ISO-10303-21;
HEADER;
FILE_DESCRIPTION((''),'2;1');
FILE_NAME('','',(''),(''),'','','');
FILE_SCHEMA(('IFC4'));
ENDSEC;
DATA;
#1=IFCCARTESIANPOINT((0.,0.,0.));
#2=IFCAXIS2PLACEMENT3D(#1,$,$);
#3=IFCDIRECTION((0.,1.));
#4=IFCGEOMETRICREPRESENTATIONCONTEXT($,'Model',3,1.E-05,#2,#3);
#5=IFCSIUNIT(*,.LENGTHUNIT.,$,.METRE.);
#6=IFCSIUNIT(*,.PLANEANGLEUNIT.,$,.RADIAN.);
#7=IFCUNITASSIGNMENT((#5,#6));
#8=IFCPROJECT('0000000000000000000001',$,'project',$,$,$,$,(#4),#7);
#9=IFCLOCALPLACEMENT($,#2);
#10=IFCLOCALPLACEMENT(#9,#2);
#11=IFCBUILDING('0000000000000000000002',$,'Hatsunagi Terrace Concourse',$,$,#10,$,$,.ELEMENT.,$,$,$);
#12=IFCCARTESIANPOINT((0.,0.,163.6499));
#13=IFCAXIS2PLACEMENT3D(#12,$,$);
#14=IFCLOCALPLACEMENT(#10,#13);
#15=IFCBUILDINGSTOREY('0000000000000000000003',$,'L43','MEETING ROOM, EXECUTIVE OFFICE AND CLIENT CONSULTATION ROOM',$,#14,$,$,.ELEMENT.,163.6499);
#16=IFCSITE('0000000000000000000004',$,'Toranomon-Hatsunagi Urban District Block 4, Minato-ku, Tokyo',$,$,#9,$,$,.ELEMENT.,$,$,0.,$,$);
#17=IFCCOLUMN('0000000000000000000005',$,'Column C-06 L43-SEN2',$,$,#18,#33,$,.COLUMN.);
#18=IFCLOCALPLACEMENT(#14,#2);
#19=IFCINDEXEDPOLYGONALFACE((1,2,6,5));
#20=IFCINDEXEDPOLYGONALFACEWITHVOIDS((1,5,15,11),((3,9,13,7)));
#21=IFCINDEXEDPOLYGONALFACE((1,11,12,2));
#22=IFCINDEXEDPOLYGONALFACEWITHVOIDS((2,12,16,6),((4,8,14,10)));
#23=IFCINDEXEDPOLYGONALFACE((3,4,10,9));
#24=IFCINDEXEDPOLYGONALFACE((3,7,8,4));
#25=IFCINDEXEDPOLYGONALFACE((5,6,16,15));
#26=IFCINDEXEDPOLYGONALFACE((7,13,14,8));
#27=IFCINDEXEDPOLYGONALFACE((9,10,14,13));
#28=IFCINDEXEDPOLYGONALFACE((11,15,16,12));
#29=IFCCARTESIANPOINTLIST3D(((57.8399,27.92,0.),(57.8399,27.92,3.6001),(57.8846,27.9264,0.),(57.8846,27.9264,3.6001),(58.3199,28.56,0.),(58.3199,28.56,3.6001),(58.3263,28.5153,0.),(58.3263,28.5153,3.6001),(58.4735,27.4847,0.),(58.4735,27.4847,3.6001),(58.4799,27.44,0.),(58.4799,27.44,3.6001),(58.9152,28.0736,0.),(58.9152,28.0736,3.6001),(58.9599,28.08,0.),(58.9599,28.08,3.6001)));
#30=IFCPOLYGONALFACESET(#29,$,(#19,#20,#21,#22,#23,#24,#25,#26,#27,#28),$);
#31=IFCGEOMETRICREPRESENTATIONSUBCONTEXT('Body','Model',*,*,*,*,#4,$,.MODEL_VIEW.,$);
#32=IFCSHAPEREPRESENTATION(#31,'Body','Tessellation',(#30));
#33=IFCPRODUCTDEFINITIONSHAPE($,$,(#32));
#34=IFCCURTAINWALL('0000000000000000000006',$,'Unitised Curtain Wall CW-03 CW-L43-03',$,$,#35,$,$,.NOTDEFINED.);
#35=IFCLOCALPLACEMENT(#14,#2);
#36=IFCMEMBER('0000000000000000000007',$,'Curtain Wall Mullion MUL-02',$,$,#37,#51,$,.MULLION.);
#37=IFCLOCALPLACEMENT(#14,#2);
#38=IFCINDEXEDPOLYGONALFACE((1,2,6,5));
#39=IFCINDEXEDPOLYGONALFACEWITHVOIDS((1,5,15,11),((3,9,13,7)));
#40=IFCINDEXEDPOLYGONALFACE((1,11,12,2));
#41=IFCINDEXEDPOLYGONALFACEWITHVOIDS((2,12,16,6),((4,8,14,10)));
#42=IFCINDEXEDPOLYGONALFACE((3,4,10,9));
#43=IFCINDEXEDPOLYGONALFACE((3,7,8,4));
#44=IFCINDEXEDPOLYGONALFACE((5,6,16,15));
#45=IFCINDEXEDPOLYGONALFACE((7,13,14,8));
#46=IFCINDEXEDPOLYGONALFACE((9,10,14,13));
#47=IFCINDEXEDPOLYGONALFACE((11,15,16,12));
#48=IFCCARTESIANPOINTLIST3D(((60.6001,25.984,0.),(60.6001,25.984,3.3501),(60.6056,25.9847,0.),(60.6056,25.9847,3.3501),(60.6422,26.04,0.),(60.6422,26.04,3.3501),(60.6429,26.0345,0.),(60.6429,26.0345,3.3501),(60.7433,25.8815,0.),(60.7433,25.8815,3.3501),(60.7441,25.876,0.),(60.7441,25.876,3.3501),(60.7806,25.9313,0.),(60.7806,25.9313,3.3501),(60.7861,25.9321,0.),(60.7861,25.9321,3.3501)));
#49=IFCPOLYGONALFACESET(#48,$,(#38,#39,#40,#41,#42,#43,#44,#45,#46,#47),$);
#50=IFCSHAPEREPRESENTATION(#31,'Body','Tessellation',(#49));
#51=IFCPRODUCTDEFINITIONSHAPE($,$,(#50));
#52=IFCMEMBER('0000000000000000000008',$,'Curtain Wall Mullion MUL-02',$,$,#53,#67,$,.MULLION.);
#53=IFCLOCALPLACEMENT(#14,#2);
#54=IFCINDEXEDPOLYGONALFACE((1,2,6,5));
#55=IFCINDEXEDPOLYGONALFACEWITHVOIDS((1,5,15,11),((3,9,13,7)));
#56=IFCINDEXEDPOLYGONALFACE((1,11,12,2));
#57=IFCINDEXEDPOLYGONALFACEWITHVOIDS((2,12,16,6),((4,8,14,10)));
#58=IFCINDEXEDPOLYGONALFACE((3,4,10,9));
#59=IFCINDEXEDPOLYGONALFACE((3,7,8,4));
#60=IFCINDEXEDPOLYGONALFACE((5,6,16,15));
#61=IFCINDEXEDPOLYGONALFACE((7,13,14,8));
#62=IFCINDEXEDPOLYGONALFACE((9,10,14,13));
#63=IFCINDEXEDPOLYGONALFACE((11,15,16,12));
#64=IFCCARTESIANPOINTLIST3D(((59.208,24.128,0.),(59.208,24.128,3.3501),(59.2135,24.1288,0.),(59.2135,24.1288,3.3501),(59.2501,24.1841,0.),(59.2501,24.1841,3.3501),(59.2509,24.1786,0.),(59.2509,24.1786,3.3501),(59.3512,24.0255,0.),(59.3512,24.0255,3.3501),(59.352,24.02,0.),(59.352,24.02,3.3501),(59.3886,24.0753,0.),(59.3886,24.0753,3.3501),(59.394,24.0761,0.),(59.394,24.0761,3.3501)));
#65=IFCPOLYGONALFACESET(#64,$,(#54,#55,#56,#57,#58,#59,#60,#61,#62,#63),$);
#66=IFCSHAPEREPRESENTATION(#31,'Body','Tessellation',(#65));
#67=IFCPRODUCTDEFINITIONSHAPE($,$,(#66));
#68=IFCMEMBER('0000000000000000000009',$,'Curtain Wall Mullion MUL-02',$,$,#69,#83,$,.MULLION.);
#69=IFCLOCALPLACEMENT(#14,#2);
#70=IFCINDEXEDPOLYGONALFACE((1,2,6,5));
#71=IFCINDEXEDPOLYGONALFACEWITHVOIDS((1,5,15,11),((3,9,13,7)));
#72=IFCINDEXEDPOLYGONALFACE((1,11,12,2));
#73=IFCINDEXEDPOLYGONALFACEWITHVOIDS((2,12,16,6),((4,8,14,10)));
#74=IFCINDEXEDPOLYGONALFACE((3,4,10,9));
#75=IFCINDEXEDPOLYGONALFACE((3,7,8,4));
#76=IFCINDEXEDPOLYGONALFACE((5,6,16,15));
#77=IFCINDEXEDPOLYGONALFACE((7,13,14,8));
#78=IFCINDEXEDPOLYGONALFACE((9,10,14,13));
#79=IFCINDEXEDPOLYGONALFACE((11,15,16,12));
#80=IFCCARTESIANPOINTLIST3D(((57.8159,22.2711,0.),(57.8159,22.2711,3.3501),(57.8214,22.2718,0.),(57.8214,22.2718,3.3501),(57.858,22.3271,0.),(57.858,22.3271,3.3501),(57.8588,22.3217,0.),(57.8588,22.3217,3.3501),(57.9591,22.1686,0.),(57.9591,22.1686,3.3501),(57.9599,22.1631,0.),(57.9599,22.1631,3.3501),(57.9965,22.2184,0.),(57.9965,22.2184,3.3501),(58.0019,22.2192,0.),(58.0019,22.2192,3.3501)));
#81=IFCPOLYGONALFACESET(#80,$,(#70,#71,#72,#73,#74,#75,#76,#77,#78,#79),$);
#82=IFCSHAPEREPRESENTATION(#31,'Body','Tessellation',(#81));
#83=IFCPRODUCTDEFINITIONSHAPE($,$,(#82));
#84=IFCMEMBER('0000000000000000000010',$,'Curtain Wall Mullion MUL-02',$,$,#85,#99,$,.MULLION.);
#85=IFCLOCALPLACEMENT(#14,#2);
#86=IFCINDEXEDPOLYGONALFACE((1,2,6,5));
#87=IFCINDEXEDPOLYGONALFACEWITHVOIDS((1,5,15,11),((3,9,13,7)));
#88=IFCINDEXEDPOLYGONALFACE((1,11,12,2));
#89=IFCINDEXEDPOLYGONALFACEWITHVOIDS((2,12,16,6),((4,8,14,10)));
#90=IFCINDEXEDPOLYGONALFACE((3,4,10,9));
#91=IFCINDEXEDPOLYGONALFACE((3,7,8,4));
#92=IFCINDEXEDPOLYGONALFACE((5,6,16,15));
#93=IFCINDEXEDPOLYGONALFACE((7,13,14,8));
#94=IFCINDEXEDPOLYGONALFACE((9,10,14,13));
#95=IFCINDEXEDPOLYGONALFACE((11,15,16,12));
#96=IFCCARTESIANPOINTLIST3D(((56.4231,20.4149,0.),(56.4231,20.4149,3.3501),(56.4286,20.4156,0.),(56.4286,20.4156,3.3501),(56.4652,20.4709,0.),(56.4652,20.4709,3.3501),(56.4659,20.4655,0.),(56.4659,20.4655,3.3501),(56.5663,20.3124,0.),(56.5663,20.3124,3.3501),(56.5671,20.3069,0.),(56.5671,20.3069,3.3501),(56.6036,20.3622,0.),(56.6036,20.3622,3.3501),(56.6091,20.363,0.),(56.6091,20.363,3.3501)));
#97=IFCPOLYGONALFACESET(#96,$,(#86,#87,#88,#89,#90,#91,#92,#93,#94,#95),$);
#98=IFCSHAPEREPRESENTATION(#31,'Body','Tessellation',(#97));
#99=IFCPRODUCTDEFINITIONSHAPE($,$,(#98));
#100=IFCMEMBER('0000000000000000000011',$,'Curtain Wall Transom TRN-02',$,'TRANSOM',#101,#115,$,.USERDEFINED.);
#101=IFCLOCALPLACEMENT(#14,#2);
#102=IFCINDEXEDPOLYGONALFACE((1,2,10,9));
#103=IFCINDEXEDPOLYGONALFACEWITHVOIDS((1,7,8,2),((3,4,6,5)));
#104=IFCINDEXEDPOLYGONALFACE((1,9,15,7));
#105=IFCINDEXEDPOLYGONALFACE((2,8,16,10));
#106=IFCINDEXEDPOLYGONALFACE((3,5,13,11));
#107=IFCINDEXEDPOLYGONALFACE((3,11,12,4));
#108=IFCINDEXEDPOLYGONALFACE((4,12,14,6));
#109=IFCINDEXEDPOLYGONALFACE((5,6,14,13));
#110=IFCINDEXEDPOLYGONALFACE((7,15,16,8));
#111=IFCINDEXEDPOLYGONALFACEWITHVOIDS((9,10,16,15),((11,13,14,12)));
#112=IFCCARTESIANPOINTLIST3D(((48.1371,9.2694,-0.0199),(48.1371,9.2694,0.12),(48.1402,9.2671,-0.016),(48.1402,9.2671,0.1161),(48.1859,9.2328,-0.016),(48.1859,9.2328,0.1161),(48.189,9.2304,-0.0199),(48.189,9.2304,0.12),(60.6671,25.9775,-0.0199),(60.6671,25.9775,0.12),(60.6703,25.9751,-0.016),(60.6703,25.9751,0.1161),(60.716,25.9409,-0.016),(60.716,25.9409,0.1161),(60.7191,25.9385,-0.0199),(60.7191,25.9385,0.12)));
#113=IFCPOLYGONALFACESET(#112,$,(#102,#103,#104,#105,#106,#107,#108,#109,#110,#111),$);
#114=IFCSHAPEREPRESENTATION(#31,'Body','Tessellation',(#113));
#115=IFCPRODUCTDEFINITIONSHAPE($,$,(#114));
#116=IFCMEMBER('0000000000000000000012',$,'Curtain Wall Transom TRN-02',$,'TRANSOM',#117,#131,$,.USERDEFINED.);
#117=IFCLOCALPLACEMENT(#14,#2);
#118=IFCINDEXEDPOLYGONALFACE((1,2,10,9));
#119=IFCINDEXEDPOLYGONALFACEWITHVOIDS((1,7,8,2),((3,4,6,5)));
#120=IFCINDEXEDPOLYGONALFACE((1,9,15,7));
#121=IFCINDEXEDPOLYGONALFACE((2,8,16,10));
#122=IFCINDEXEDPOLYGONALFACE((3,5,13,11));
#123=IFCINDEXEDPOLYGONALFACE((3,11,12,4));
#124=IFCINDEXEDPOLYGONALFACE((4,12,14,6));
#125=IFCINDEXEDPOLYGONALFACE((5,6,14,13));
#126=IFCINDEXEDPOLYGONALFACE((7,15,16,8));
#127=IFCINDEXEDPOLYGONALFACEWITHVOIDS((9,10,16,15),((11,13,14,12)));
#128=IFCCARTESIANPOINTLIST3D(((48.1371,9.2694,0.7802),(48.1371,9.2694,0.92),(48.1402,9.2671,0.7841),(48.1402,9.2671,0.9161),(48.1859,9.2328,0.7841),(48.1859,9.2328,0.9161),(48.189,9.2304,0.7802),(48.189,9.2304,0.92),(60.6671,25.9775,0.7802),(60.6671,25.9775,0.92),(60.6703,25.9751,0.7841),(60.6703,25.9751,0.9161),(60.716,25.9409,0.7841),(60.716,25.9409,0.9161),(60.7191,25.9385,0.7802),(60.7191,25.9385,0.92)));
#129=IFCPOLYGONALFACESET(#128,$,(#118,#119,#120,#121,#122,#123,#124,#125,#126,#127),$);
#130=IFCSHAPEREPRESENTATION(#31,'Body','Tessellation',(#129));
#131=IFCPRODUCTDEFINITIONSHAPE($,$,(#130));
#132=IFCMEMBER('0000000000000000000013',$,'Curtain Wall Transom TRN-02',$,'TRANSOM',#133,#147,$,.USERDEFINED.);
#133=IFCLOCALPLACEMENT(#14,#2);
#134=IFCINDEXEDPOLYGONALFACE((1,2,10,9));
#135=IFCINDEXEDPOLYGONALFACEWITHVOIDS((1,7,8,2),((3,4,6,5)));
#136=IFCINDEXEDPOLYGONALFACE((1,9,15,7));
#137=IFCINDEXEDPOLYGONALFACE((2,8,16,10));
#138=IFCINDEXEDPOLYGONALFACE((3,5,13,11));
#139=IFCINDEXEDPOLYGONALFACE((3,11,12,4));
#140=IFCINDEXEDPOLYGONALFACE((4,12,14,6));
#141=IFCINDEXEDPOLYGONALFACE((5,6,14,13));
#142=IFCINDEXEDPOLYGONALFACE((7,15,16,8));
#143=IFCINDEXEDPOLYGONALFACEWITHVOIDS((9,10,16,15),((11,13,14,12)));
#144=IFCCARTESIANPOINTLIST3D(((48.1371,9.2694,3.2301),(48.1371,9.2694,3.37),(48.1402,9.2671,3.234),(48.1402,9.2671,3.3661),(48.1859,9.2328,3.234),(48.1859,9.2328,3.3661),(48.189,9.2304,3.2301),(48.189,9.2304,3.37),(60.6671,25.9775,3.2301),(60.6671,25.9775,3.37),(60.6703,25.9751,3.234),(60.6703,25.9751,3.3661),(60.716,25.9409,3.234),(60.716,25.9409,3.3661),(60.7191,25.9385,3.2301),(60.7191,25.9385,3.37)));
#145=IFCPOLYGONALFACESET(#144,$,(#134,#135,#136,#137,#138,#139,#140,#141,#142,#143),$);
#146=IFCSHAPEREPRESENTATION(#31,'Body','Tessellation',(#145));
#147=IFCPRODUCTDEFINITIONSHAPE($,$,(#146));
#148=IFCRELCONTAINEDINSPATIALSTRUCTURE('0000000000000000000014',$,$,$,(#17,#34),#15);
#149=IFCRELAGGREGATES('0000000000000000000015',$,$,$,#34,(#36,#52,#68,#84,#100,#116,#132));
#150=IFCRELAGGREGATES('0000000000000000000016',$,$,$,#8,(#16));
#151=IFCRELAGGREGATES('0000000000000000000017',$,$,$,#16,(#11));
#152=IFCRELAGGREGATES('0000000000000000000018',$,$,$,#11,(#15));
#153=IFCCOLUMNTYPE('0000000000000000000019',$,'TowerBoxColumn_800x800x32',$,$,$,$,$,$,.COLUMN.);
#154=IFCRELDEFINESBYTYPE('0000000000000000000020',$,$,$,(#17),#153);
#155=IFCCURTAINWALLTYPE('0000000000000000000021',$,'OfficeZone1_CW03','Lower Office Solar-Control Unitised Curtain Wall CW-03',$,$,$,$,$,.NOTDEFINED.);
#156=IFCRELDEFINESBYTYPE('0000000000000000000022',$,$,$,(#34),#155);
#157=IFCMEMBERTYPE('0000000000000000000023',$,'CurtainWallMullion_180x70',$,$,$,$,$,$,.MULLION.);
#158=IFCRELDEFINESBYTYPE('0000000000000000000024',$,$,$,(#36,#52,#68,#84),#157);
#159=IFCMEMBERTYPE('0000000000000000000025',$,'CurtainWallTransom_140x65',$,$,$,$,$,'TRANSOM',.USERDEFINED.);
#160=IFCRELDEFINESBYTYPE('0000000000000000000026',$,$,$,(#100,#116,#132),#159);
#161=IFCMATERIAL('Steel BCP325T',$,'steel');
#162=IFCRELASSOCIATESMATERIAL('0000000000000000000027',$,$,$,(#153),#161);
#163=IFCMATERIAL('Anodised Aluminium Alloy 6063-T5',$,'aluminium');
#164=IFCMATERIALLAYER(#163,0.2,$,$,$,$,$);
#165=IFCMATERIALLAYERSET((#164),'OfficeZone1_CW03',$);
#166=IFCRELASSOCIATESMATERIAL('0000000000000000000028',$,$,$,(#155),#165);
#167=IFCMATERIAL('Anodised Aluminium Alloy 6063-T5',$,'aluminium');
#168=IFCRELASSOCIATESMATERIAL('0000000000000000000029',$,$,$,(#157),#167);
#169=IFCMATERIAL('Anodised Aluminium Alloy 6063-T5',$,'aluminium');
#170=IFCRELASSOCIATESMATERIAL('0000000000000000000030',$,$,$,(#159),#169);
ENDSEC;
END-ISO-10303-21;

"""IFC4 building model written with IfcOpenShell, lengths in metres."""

from ifc_helpers import new_model, si_unit, direction, frame, origin, origin_2d, place, context, subcontext, project, spatial, hollow_rectangle, extrude, material, layer, layer_set, material_profile, profile_set, type_object, element, aggregate, save


model = new_model("IFC4")

# Units and contexts
model_context = context("Model", 3, precision=1e-05, world=origin(), true_north=direction((0.0, 1.0)))
body_context = subcontext(model_context, "Body", "Model", "MODEL_VIEW")
ifc_project = project(units=[si_unit("LENGTHUNIT", "METRE"), si_unit("PLANEANGLEUNIT", "RADIAN")], contexts=[model_context])

# Site, building, storey
site_placement = place(None, origin())
site = spatial("IfcSite", under=ifc_project, at=site_placement, Name="Toranomon-Hatsunagi Urban District Block 4, Minato-ku, Tokyo", CompositionType="ELEMENT", RefElevation=0.0)
building_placement = place(site_placement, origin())
building = spatial("IfcBuilding", under=site, at=building_placement, Name="Hatsunagi Terrace Concourse", CompositionType="ELEMENT")
storey_placement = place(building_placement, frame((0.0, 0.0, 163.6499)))
storey = spatial("IfcBuildingStorey", under=building, at=storey_placement, Name="L43", Description="MEETING ROOM, EXECUTIVE OFFICE AND CLIENT CONSULTATION ROOM", CompositionType="ELEMENT", Elevation=163.6499)

# Column
ifc_material_1 = material(Name="Steel BCP325T", Category="steel")
ifc_material_profile_1 = material_profile(ifc_material_1, hollow_rectangle(XDim=0.8, YDim=0.8, WallThickness=0.032, at=origin_2d()), Name="BCP-800x800x32")
ifc_profile_set_1 = profile_set([ifc_material_profile_1], Name="Steel BCP325T")
column_type = type_object("IfcColumnType", Name="TowerBoxColumn_800x800x32", PredefinedType="COLUMN", material=ifc_profile_set_1)
column_placement = place(storey_placement, frame((58.3999, 28.0, 0.0), z_axis=(0.0, 0.0, 1.0), x_axis=(0.8, -0.6, 0.0)))
element("IfcColumn", 1, at=column_placement, inside=storey, type_object=column_type, Name="Column C-06 L43-SEN2", PredefinedType="COLUMN", context=body_context, shape_type="SweptSolid", body=[
    extrude(hollow_rectangle(XDim=0.8, YDim=0.8, WallThickness=0.032, at=origin_2d()), origin(), (0.0, 0.0, 1.0), 3.6001),
])

# Curtain wall, members
ifc_material_2 = material(Name="Anodised Aluminium Alloy 6063-T5", Category="aluminium")
ifc_layer_1 = layer(ifc_material_2, 0.2)
ifc_layer_set_1 = layer_set([ifc_layer_1], Name="OfficeZone1_CW03")
curtain_wall_type = type_object("IfcCurtainWallType", Name="OfficeZone1_CW03", Description="Lower Office Solar-Control Unitised Curtain Wall CW-03", PredefinedType="NOTDEFINED", material=ifc_layer_set_1)
curtain_wall_placement = place(storey_placement, origin())
curtain_wall = element("IfcCurtainWall", 2, at=curtain_wall_placement, inside=storey, type_object=curtain_wall_type, Name="Unitised Curtain Wall CW-03 CW-L43-03", PredefinedType="NOTDEFINED")
ifc_material_3 = material(Name="Anodised Aluminium Alloy 6063-T5", Category="aluminium")
ifc_material_profile_2 = material_profile(ifc_material_3, hollow_rectangle(XDim=0.0701, YDim=0.1799, WallThickness=0.0039, at=origin_2d()), Name="ALU-MUL-180x70x4")
ifc_profile_set_2 = profile_set([ifc_material_profile_2], Name="Anodised Aluminium Alloy 6063-T5")
member_type_1 = type_object("IfcMemberType", Name="CurtainWallMullion_180x70", PredefinedType="MULLION", material=ifc_profile_set_2)
member_1_placement = place(storey_placement, frame((60.6931, 25.958, 0.0), z_axis=(0.0, 0.0, 1.0), x_axis=(-0.599969, -0.800023, 0.0)))
member_1 = element("IfcMember", 3, at=member_1_placement, type_object=member_type_1, Name="Curtain Wall Mullion MUL-02", PredefinedType="MULLION", context=body_context, shape_type="SweptSolid", body=[
    extrude(hollow_rectangle(XDim=0.0701, YDim=0.1799, WallThickness=0.0039, at=origin_2d()), origin(), (0.0, 0.0, 1.0), 3.3501),
])
member_2_placement = place(storey_placement, frame((59.301, 24.1021, 0.0), z_axis=(0.0, 0.0, 1.0), x_axis=(-0.599969, -0.800023, 0.0)))
member_2 = element("IfcMember", 4, at=member_2_placement, type_object=member_type_1, Name="Curtain Wall Mullion MUL-02", PredefinedType="MULLION", context=body_context, shape_type="SweptSolid", body=[
    extrude(hollow_rectangle(XDim=0.0701, YDim=0.1799, WallThickness=0.0039, at=origin_2d()), origin(), (0.0, 0.0, 1.0), 3.3501),
])
member_3_placement = place(storey_placement, frame((57.9089, 22.2451, 0.0), z_axis=(0.0, 0.0, 1.0), x_axis=(-0.599969, -0.800023, 0.0)))
member_3 = element("IfcMember", 5, at=member_3_placement, type_object=member_type_1, Name="Curtain Wall Mullion MUL-02", PredefinedType="MULLION", context=body_context, shape_type="SweptSolid", body=[
    extrude(hollow_rectangle(XDim=0.0701, YDim=0.1799, WallThickness=0.0039, at=origin_2d()), origin(), (0.0, 0.0, 1.0), 3.3501),
])
member_4_placement = place(storey_placement, frame((56.5161, 20.3889, 0.0), z_axis=(0.0, 0.0, 1.0), x_axis=(-0.599969, -0.800023, 0.0)))
member_4 = element("IfcMember", 6, at=member_4_placement, type_object=member_type_1, Name="Curtain Wall Mullion MUL-02", PredefinedType="MULLION", context=body_context, shape_type="SweptSolid", body=[
    extrude(hollow_rectangle(XDim=0.0701, YDim=0.1799, WallThickness=0.0039, at=origin_2d()), origin(), (0.0, 0.0, 1.0), 3.3501),
])
ifc_material_4 = material(Name="Anodised Aluminium Alloy 6063-T5", Category="aluminium")
ifc_material_profile_3 = material_profile(ifc_material_4, hollow_rectangle(XDim=0.0649, YDim=0.1399, WallThickness=0.0039, at=origin_2d()), Name="ALU-TRN-140x65x4")
ifc_profile_set_3 = profile_set([ifc_material_profile_3], Name="Anodised Aluminium Alloy 6063-T5")
member_type_2 = type_object("IfcMemberType", Name="CurtainWallTransom_140x65", ElementType="TRANSOM", PredefinedType="USERDEFINED", material=ifc_profile_set_3)
member_5_placement = place(storey_placement, frame((60.6931, 25.958, 0.05), z_axis=(-0.59997, -0.800022, 0.0), x_axis=(0.800022, -0.59997, 0.0)))
member_5 = element("IfcMember", 7, at=member_5_placement, type_object=member_type_2, Name="Curtain Wall Transom TRN-02", ObjectType="TRANSOM", PredefinedType="USERDEFINED", context=body_context, shape_type="SweptSolid", body=[
    extrude(hollow_rectangle(XDim=0.0649, YDim=0.1399, WallThickness=0.0039, at=origin_2d()), origin(), (0.0, 0.0, 1.0), 20.8845),
])
member_6_placement = place(storey_placement, frame((60.6931, 25.958, 0.8501), z_axis=(-0.59997, -0.800022, 0.0), x_axis=(0.800022, -0.59997, 0.0)))
member_6 = element("IfcMember", 8, at=member_6_placement, type_object=member_type_2, Name="Curtain Wall Transom TRN-02", ObjectType="TRANSOM", PredefinedType="USERDEFINED", context=body_context, shape_type="SweptSolid", body=[
    extrude(hollow_rectangle(XDim=0.0649, YDim=0.1399, WallThickness=0.0039, at=origin_2d()), origin(), (0.0, 0.0, 1.0), 20.8845),
])
member_7_placement = place(storey_placement, frame((60.6931, 25.958, 3.3), z_axis=(-0.59997, -0.800022, 0.0), x_axis=(0.800022, -0.59997, 0.0)))
member_7 = element("IfcMember", 9, at=member_7_placement, type_object=member_type_2, Name="Curtain Wall Transom TRN-02", ObjectType="TRANSOM", PredefinedType="USERDEFINED", context=body_context, shape_type="SweptSolid", body=[
    extrude(hollow_rectangle(XDim=0.0649, YDim=0.1399, WallThickness=0.0039, at=origin_2d()), origin(), (0.0, 0.0, 1.0), 20.8845),
])

aggregate(curtain_wall, [member_1, member_2, member_3, member_4, member_5, member_6, member_7])

save(model, "model.ifc")
